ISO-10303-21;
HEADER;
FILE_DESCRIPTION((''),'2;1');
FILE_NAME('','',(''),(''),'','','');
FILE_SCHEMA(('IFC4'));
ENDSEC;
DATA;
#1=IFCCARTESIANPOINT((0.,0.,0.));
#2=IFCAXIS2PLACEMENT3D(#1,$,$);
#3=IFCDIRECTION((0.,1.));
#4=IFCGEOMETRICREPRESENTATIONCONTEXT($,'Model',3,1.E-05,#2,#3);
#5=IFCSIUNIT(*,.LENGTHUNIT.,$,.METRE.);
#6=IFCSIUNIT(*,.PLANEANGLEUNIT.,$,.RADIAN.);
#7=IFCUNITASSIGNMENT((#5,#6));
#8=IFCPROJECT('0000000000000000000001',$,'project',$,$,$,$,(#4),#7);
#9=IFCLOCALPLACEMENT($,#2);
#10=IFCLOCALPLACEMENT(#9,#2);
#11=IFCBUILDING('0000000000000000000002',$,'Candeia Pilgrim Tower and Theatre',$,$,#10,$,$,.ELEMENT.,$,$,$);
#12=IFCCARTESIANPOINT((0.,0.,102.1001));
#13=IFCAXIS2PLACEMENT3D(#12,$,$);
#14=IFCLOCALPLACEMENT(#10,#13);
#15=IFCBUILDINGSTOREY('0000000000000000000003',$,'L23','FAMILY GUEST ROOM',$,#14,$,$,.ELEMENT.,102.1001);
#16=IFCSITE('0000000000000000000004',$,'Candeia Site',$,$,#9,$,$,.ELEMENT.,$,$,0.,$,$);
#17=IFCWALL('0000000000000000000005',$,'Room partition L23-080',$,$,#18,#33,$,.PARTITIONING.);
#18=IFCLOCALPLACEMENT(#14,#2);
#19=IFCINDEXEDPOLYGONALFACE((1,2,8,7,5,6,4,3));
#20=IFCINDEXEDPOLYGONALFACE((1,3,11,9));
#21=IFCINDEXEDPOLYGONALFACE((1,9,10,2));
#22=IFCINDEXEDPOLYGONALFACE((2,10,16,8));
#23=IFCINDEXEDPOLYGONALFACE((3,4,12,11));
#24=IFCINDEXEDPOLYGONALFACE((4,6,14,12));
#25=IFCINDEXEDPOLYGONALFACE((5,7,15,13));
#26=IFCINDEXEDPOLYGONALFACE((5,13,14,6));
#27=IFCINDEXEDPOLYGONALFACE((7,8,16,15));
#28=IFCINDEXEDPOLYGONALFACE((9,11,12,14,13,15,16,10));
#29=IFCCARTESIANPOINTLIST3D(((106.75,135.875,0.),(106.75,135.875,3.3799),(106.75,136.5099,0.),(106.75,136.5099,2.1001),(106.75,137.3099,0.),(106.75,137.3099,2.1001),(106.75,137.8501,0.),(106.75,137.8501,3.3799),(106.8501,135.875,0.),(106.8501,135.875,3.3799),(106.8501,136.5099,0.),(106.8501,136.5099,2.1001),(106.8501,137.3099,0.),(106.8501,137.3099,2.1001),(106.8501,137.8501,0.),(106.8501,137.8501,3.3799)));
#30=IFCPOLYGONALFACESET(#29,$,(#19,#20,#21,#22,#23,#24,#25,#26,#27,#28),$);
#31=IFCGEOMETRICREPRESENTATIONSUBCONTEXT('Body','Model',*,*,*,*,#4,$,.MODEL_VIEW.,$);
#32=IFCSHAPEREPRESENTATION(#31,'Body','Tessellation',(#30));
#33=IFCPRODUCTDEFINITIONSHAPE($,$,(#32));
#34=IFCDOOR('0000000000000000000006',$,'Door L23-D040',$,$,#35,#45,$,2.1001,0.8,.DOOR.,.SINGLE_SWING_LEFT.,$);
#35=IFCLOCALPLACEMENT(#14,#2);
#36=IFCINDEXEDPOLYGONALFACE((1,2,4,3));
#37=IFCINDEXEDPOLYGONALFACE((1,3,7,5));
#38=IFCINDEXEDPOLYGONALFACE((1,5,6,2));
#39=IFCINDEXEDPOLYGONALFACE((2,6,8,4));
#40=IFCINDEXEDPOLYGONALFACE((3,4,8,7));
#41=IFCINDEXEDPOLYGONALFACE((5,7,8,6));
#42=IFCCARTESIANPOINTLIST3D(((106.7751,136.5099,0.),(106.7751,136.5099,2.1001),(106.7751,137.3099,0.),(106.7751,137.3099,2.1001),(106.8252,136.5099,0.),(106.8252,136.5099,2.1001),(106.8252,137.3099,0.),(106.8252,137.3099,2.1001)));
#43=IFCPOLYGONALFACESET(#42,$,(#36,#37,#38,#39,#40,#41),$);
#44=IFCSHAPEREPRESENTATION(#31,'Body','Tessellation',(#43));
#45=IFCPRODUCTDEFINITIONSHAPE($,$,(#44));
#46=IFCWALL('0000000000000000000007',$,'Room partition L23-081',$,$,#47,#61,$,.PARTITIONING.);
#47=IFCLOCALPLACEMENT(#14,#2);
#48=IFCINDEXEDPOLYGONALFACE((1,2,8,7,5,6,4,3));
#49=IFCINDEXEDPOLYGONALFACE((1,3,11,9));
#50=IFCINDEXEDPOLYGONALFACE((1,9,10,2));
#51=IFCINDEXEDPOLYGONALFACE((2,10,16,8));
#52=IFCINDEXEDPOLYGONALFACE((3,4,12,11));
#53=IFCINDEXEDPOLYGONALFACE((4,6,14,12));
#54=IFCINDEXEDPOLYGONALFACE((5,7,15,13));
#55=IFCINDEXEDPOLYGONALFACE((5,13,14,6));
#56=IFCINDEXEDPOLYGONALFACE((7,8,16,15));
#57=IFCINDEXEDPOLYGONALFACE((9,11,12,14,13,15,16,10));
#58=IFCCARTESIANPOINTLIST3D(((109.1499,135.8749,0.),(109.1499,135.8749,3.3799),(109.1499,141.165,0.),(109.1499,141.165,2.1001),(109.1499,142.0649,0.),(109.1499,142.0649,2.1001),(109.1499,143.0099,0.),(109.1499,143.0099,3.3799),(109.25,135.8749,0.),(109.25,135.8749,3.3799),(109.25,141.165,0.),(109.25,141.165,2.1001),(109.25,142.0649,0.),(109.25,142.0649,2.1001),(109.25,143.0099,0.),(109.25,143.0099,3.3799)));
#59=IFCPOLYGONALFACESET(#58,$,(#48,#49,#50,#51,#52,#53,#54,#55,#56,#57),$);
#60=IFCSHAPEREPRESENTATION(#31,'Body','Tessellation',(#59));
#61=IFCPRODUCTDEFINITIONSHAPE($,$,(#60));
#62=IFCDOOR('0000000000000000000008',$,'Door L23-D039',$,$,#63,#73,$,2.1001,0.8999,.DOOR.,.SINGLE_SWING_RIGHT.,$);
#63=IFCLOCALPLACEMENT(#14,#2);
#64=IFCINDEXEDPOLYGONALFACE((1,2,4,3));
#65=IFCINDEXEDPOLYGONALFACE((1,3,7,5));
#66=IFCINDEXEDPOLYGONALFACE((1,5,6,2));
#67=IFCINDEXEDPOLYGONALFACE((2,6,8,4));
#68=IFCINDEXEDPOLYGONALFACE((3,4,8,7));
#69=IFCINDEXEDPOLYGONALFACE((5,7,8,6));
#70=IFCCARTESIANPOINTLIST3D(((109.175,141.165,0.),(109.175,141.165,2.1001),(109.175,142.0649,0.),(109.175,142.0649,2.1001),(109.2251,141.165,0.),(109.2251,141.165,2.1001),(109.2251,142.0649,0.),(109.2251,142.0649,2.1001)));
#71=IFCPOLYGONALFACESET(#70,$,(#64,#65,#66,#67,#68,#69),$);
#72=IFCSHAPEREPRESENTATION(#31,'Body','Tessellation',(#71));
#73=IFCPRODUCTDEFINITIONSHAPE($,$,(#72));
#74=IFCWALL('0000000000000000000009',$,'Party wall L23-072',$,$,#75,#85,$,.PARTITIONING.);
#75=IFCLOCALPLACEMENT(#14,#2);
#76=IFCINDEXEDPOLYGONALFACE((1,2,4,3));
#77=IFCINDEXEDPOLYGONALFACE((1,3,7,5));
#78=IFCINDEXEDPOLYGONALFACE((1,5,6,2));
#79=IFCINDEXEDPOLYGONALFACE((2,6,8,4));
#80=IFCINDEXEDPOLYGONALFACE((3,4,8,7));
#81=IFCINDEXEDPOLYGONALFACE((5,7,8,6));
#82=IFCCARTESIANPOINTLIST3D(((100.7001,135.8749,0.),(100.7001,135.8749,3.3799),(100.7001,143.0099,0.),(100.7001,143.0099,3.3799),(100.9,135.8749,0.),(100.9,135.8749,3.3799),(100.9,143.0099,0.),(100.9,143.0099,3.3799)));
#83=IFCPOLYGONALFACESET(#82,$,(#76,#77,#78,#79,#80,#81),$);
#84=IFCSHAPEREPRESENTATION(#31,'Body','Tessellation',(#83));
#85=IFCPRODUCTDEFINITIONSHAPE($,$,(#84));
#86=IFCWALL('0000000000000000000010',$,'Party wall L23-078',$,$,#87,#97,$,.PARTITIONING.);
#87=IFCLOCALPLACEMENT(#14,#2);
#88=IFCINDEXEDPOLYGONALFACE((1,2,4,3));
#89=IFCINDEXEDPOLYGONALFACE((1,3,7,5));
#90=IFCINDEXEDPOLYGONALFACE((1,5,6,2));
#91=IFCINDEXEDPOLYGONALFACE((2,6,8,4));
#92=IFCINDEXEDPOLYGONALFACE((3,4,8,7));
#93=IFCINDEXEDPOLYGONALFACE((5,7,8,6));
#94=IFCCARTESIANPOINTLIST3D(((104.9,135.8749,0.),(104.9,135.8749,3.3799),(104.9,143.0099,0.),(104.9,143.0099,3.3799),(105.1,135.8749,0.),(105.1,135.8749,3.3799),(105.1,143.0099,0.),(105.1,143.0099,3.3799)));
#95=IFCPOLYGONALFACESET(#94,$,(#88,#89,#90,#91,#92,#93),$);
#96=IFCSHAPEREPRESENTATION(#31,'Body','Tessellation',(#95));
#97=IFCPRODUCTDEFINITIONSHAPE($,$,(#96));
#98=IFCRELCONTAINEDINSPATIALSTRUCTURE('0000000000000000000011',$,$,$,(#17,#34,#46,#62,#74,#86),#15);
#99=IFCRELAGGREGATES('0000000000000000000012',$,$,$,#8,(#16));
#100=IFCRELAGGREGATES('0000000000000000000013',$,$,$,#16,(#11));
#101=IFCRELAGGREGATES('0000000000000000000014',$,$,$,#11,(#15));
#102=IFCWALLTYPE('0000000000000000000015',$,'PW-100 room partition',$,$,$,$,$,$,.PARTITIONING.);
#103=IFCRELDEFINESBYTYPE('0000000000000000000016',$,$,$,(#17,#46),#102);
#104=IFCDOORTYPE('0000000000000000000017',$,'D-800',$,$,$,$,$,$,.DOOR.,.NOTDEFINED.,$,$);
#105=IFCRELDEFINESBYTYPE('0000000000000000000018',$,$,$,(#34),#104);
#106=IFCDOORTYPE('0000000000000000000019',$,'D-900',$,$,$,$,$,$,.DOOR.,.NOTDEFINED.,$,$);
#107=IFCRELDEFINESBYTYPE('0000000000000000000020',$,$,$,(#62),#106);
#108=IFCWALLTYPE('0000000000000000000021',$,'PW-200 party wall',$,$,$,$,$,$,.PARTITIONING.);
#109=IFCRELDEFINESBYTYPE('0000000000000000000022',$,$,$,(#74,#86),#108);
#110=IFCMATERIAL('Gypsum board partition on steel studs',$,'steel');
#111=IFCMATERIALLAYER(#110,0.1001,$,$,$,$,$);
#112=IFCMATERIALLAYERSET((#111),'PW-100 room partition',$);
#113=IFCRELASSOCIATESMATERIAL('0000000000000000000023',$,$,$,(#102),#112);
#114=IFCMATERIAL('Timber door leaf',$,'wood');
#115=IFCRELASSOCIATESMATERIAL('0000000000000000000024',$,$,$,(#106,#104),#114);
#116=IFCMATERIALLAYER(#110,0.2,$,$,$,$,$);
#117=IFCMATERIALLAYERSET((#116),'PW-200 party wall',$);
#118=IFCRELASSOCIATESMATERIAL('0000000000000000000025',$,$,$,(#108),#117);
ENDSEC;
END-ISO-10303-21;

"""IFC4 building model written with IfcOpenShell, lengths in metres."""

from ifc_helpers import new_model, si_unit, direction, frame, frame_2d, origin, place, context, subcontext, project, spatial, rectangle, extrude, material, layer, layer_set, type_object, element, fill, save


model = new_model("IFC4")

# Units and contexts
model_context = context("Model", 3, precision=1e-05, world=origin(), true_north=direction((0.0, 1.0)))
body_context = subcontext(model_context, "Body", "Model", "MODEL_VIEW")
ifc_project = project(units=[si_unit("LENGTHUNIT", "METRE"), si_unit("PLANEANGLEUNIT", "RADIAN")], contexts=[model_context])

# Site, building, storey
site_placement = place(None, origin())
site = spatial("IfcSite", under=ifc_project, at=site_placement, Name="Candeia Site", CompositionType="ELEMENT", RefElevation=0.0)
building_placement = place(site_placement, origin())
building = spatial("IfcBuilding", under=site, at=building_placement, Name="Candeia Pilgrim Tower and Theatre", CompositionType="ELEMENT")
storey_placement = place(building_placement, frame((0.0, 0.0, 102.1001)))
storey = spatial("IfcBuildingStorey", under=building, at=storey_placement, Name="L23", Description="FAMILY GUEST ROOM", CompositionType="ELEMENT", Elevation=102.1001)

# Shared definitions
ifc_material_1 = material(Name="Gypsum board partition on steel studs", Category="steel")
ifc_layer_1 = layer(ifc_material_1, 0.1001)
ifc_layer_set_1 = layer_set([ifc_layer_1], Name="PW-100 room partition")
wall_type_1 = type_object("IfcWallType", Name="PW-100 room partition", PredefinedType="PARTITIONING", material=ifc_layer_set_1)

# Walls, openings, doors
ifc_material_2 = material(Name="Timber door leaf", Category="wood")
door_type_1 = type_object("IfcDoorType", Name="D-900", OperationType="NOTDEFINED", PredefinedType="DOOR", material=ifc_material_2)
wall_1_placement = place(storey_placement, frame((106.8, 135.875, 0.0), z_axis=(0.0, 0.0, 1.0), x_axis=(0.0, 1.0, 0.0)))
wall_1 = element("IfcWall", 1, at=wall_1_placement, inside=storey, type_object=wall_type_1, Name="Room partition L23-080", PredefinedType="PARTITIONING", context=body_context, shape_type="SweptSolid", body=[
    extrude(rectangle(XDim=1.9751, YDim=0.1001, at=frame_2d((0.9875, 0.0))), origin(), (0.0, 0.0, 1.0), 3.3799),
])
opening_1_placement = place(wall_1_placement, frame((0.635, 0.0, 0.0)))
opening_1 = element("IfcOpeningElement", 2, at=opening_1_placement, cuts=wall_1, PredefinedType="OPENING", context=body_context, shape_type="SweptSolid", body=[
    extrude(rectangle(XDim=0.8, YDim=2.1001, at=frame_2d((0.3999, 1.05))), frame((0.0, 0.0601, 0.0), z_axis=(0.0, -1.0, 0.0), x_axis=(1.0, 0.0, 0.0)), (0.0, 0.0, 1.0), 0.1201),
])
door_type_2 = type_object("IfcDoorType", Name="D-800", OperationType="NOTDEFINED", PredefinedType="DOOR", material=ifc_material_2)
door_1_placement = place(opening_1_placement, origin())
door_1 = element("IfcDoor", 3, at=door_1_placement, inside=storey, type_object=door_type_2, Name="Door L23-D040", OperationType="SINGLE_SWING_LEFT", OverallHeight=2.1001, OverallWidth=0.8, PredefinedType="DOOR", context=body_context, shape_type="SweptSolid", body=[
    extrude(rectangle(XDim=0.8, YDim=2.1001, at=frame_2d((0.3999, 1.05))), frame((0.0, 0.0249, 0.0), z_axis=(0.0, -1.0, 0.0), x_axis=(1.0, 0.0, 0.0)), (0.0, 0.0, 1.0), 0.05),
])
fill(opening_1, door_1)
wall_2_placement = place(storey_placement, frame((109.2, 135.875, 0.0), z_axis=(0.0, 0.0, 1.0), x_axis=(0.0, 1.0, 0.0)))
wall_2 = element("IfcWall", 4, at=wall_2_placement, inside=storey, type_object=wall_type_1, Name="Room partition L23-081", PredefinedType="PARTITIONING", context=body_context, shape_type="SweptSolid", body=[
    extrude(rectangle(XDim=7.135, YDim=0.1001, at=frame_2d((3.5674, 0.0))), origin(), (0.0, 0.0, 1.0), 3.3799),
])
opening_2_placement = place(wall_2_placement, frame((5.29, 0.0, 0.0)))
opening_2 = element("IfcOpeningElement", 5, at=opening_2_placement, cuts=wall_2, PredefinedType="OPENING", context=body_context, shape_type="SweptSolid", body=[
    extrude(rectangle(XDim=0.8999, YDim=2.1001, at=frame_2d((0.45, 1.05))), frame((0.0, 0.0601, 0.0), z_axis=(0.0, -1.0, 0.0), x_axis=(1.0, 0.0, 0.0)), (0.0, 0.0, 1.0), 0.1201),
])
door_2_placement = place(opening_2_placement, origin())
door_2 = element("IfcDoor", 6, at=door_2_placement, inside=storey, type_object=door_type_1, Name="Door L23-D039", OperationType="SINGLE_SWING_RIGHT", OverallHeight=2.1001, OverallWidth=0.8999, PredefinedType="DOOR", context=body_context, shape_type="SweptSolid", body=[
    extrude(rectangle(XDim=0.8999, YDim=2.1001, at=frame_2d((0.45, 1.05))), frame((0.0, 0.0249, 0.0), z_axis=(0.0, -1.0, 0.0), x_axis=(1.0, 0.0, 0.0)), (0.0, 0.0, 1.0), 0.05),
])
fill(opening_2, door_2)

# Walls
ifc_layer_2 = layer(ifc_material_1, 0.2)
ifc_layer_set_2 = layer_set([ifc_layer_2], Name="PW-200 party wall")
wall_type_2 = type_object("IfcWallType", Name="PW-200 party wall", PredefinedType="PARTITIONING", material=ifc_layer_set_2)
for number, where, z_axis, x_axis, name in (
    (7, (100.8, 135.875, 0.0), (0.0, 0.0, 1.0), (0.0, 1.0, 0.0), "Party wall L23-072"),
    (8, (105.0, 135.875, 0.0), (0.0, 0.0, 1.0), (0.0, 1.0, 0.0), "Party wall L23-078"),
):
    element("IfcWall", number, at=place(storey_placement, frame(where, z_axis=z_axis, x_axis=x_axis)), inside=storey, type_object=wall_type_2, Name=name, PredefinedType="PARTITIONING", context=body_context, shape_type="SweptSolid", body=[
        extrude(rectangle(XDim=7.135, YDim=0.2, at=frame_2d((3.5674, 0.0))), origin(), (0.0, 0.0, 1.0), 3.3799),
    ])

save(model, "model.ifc")
